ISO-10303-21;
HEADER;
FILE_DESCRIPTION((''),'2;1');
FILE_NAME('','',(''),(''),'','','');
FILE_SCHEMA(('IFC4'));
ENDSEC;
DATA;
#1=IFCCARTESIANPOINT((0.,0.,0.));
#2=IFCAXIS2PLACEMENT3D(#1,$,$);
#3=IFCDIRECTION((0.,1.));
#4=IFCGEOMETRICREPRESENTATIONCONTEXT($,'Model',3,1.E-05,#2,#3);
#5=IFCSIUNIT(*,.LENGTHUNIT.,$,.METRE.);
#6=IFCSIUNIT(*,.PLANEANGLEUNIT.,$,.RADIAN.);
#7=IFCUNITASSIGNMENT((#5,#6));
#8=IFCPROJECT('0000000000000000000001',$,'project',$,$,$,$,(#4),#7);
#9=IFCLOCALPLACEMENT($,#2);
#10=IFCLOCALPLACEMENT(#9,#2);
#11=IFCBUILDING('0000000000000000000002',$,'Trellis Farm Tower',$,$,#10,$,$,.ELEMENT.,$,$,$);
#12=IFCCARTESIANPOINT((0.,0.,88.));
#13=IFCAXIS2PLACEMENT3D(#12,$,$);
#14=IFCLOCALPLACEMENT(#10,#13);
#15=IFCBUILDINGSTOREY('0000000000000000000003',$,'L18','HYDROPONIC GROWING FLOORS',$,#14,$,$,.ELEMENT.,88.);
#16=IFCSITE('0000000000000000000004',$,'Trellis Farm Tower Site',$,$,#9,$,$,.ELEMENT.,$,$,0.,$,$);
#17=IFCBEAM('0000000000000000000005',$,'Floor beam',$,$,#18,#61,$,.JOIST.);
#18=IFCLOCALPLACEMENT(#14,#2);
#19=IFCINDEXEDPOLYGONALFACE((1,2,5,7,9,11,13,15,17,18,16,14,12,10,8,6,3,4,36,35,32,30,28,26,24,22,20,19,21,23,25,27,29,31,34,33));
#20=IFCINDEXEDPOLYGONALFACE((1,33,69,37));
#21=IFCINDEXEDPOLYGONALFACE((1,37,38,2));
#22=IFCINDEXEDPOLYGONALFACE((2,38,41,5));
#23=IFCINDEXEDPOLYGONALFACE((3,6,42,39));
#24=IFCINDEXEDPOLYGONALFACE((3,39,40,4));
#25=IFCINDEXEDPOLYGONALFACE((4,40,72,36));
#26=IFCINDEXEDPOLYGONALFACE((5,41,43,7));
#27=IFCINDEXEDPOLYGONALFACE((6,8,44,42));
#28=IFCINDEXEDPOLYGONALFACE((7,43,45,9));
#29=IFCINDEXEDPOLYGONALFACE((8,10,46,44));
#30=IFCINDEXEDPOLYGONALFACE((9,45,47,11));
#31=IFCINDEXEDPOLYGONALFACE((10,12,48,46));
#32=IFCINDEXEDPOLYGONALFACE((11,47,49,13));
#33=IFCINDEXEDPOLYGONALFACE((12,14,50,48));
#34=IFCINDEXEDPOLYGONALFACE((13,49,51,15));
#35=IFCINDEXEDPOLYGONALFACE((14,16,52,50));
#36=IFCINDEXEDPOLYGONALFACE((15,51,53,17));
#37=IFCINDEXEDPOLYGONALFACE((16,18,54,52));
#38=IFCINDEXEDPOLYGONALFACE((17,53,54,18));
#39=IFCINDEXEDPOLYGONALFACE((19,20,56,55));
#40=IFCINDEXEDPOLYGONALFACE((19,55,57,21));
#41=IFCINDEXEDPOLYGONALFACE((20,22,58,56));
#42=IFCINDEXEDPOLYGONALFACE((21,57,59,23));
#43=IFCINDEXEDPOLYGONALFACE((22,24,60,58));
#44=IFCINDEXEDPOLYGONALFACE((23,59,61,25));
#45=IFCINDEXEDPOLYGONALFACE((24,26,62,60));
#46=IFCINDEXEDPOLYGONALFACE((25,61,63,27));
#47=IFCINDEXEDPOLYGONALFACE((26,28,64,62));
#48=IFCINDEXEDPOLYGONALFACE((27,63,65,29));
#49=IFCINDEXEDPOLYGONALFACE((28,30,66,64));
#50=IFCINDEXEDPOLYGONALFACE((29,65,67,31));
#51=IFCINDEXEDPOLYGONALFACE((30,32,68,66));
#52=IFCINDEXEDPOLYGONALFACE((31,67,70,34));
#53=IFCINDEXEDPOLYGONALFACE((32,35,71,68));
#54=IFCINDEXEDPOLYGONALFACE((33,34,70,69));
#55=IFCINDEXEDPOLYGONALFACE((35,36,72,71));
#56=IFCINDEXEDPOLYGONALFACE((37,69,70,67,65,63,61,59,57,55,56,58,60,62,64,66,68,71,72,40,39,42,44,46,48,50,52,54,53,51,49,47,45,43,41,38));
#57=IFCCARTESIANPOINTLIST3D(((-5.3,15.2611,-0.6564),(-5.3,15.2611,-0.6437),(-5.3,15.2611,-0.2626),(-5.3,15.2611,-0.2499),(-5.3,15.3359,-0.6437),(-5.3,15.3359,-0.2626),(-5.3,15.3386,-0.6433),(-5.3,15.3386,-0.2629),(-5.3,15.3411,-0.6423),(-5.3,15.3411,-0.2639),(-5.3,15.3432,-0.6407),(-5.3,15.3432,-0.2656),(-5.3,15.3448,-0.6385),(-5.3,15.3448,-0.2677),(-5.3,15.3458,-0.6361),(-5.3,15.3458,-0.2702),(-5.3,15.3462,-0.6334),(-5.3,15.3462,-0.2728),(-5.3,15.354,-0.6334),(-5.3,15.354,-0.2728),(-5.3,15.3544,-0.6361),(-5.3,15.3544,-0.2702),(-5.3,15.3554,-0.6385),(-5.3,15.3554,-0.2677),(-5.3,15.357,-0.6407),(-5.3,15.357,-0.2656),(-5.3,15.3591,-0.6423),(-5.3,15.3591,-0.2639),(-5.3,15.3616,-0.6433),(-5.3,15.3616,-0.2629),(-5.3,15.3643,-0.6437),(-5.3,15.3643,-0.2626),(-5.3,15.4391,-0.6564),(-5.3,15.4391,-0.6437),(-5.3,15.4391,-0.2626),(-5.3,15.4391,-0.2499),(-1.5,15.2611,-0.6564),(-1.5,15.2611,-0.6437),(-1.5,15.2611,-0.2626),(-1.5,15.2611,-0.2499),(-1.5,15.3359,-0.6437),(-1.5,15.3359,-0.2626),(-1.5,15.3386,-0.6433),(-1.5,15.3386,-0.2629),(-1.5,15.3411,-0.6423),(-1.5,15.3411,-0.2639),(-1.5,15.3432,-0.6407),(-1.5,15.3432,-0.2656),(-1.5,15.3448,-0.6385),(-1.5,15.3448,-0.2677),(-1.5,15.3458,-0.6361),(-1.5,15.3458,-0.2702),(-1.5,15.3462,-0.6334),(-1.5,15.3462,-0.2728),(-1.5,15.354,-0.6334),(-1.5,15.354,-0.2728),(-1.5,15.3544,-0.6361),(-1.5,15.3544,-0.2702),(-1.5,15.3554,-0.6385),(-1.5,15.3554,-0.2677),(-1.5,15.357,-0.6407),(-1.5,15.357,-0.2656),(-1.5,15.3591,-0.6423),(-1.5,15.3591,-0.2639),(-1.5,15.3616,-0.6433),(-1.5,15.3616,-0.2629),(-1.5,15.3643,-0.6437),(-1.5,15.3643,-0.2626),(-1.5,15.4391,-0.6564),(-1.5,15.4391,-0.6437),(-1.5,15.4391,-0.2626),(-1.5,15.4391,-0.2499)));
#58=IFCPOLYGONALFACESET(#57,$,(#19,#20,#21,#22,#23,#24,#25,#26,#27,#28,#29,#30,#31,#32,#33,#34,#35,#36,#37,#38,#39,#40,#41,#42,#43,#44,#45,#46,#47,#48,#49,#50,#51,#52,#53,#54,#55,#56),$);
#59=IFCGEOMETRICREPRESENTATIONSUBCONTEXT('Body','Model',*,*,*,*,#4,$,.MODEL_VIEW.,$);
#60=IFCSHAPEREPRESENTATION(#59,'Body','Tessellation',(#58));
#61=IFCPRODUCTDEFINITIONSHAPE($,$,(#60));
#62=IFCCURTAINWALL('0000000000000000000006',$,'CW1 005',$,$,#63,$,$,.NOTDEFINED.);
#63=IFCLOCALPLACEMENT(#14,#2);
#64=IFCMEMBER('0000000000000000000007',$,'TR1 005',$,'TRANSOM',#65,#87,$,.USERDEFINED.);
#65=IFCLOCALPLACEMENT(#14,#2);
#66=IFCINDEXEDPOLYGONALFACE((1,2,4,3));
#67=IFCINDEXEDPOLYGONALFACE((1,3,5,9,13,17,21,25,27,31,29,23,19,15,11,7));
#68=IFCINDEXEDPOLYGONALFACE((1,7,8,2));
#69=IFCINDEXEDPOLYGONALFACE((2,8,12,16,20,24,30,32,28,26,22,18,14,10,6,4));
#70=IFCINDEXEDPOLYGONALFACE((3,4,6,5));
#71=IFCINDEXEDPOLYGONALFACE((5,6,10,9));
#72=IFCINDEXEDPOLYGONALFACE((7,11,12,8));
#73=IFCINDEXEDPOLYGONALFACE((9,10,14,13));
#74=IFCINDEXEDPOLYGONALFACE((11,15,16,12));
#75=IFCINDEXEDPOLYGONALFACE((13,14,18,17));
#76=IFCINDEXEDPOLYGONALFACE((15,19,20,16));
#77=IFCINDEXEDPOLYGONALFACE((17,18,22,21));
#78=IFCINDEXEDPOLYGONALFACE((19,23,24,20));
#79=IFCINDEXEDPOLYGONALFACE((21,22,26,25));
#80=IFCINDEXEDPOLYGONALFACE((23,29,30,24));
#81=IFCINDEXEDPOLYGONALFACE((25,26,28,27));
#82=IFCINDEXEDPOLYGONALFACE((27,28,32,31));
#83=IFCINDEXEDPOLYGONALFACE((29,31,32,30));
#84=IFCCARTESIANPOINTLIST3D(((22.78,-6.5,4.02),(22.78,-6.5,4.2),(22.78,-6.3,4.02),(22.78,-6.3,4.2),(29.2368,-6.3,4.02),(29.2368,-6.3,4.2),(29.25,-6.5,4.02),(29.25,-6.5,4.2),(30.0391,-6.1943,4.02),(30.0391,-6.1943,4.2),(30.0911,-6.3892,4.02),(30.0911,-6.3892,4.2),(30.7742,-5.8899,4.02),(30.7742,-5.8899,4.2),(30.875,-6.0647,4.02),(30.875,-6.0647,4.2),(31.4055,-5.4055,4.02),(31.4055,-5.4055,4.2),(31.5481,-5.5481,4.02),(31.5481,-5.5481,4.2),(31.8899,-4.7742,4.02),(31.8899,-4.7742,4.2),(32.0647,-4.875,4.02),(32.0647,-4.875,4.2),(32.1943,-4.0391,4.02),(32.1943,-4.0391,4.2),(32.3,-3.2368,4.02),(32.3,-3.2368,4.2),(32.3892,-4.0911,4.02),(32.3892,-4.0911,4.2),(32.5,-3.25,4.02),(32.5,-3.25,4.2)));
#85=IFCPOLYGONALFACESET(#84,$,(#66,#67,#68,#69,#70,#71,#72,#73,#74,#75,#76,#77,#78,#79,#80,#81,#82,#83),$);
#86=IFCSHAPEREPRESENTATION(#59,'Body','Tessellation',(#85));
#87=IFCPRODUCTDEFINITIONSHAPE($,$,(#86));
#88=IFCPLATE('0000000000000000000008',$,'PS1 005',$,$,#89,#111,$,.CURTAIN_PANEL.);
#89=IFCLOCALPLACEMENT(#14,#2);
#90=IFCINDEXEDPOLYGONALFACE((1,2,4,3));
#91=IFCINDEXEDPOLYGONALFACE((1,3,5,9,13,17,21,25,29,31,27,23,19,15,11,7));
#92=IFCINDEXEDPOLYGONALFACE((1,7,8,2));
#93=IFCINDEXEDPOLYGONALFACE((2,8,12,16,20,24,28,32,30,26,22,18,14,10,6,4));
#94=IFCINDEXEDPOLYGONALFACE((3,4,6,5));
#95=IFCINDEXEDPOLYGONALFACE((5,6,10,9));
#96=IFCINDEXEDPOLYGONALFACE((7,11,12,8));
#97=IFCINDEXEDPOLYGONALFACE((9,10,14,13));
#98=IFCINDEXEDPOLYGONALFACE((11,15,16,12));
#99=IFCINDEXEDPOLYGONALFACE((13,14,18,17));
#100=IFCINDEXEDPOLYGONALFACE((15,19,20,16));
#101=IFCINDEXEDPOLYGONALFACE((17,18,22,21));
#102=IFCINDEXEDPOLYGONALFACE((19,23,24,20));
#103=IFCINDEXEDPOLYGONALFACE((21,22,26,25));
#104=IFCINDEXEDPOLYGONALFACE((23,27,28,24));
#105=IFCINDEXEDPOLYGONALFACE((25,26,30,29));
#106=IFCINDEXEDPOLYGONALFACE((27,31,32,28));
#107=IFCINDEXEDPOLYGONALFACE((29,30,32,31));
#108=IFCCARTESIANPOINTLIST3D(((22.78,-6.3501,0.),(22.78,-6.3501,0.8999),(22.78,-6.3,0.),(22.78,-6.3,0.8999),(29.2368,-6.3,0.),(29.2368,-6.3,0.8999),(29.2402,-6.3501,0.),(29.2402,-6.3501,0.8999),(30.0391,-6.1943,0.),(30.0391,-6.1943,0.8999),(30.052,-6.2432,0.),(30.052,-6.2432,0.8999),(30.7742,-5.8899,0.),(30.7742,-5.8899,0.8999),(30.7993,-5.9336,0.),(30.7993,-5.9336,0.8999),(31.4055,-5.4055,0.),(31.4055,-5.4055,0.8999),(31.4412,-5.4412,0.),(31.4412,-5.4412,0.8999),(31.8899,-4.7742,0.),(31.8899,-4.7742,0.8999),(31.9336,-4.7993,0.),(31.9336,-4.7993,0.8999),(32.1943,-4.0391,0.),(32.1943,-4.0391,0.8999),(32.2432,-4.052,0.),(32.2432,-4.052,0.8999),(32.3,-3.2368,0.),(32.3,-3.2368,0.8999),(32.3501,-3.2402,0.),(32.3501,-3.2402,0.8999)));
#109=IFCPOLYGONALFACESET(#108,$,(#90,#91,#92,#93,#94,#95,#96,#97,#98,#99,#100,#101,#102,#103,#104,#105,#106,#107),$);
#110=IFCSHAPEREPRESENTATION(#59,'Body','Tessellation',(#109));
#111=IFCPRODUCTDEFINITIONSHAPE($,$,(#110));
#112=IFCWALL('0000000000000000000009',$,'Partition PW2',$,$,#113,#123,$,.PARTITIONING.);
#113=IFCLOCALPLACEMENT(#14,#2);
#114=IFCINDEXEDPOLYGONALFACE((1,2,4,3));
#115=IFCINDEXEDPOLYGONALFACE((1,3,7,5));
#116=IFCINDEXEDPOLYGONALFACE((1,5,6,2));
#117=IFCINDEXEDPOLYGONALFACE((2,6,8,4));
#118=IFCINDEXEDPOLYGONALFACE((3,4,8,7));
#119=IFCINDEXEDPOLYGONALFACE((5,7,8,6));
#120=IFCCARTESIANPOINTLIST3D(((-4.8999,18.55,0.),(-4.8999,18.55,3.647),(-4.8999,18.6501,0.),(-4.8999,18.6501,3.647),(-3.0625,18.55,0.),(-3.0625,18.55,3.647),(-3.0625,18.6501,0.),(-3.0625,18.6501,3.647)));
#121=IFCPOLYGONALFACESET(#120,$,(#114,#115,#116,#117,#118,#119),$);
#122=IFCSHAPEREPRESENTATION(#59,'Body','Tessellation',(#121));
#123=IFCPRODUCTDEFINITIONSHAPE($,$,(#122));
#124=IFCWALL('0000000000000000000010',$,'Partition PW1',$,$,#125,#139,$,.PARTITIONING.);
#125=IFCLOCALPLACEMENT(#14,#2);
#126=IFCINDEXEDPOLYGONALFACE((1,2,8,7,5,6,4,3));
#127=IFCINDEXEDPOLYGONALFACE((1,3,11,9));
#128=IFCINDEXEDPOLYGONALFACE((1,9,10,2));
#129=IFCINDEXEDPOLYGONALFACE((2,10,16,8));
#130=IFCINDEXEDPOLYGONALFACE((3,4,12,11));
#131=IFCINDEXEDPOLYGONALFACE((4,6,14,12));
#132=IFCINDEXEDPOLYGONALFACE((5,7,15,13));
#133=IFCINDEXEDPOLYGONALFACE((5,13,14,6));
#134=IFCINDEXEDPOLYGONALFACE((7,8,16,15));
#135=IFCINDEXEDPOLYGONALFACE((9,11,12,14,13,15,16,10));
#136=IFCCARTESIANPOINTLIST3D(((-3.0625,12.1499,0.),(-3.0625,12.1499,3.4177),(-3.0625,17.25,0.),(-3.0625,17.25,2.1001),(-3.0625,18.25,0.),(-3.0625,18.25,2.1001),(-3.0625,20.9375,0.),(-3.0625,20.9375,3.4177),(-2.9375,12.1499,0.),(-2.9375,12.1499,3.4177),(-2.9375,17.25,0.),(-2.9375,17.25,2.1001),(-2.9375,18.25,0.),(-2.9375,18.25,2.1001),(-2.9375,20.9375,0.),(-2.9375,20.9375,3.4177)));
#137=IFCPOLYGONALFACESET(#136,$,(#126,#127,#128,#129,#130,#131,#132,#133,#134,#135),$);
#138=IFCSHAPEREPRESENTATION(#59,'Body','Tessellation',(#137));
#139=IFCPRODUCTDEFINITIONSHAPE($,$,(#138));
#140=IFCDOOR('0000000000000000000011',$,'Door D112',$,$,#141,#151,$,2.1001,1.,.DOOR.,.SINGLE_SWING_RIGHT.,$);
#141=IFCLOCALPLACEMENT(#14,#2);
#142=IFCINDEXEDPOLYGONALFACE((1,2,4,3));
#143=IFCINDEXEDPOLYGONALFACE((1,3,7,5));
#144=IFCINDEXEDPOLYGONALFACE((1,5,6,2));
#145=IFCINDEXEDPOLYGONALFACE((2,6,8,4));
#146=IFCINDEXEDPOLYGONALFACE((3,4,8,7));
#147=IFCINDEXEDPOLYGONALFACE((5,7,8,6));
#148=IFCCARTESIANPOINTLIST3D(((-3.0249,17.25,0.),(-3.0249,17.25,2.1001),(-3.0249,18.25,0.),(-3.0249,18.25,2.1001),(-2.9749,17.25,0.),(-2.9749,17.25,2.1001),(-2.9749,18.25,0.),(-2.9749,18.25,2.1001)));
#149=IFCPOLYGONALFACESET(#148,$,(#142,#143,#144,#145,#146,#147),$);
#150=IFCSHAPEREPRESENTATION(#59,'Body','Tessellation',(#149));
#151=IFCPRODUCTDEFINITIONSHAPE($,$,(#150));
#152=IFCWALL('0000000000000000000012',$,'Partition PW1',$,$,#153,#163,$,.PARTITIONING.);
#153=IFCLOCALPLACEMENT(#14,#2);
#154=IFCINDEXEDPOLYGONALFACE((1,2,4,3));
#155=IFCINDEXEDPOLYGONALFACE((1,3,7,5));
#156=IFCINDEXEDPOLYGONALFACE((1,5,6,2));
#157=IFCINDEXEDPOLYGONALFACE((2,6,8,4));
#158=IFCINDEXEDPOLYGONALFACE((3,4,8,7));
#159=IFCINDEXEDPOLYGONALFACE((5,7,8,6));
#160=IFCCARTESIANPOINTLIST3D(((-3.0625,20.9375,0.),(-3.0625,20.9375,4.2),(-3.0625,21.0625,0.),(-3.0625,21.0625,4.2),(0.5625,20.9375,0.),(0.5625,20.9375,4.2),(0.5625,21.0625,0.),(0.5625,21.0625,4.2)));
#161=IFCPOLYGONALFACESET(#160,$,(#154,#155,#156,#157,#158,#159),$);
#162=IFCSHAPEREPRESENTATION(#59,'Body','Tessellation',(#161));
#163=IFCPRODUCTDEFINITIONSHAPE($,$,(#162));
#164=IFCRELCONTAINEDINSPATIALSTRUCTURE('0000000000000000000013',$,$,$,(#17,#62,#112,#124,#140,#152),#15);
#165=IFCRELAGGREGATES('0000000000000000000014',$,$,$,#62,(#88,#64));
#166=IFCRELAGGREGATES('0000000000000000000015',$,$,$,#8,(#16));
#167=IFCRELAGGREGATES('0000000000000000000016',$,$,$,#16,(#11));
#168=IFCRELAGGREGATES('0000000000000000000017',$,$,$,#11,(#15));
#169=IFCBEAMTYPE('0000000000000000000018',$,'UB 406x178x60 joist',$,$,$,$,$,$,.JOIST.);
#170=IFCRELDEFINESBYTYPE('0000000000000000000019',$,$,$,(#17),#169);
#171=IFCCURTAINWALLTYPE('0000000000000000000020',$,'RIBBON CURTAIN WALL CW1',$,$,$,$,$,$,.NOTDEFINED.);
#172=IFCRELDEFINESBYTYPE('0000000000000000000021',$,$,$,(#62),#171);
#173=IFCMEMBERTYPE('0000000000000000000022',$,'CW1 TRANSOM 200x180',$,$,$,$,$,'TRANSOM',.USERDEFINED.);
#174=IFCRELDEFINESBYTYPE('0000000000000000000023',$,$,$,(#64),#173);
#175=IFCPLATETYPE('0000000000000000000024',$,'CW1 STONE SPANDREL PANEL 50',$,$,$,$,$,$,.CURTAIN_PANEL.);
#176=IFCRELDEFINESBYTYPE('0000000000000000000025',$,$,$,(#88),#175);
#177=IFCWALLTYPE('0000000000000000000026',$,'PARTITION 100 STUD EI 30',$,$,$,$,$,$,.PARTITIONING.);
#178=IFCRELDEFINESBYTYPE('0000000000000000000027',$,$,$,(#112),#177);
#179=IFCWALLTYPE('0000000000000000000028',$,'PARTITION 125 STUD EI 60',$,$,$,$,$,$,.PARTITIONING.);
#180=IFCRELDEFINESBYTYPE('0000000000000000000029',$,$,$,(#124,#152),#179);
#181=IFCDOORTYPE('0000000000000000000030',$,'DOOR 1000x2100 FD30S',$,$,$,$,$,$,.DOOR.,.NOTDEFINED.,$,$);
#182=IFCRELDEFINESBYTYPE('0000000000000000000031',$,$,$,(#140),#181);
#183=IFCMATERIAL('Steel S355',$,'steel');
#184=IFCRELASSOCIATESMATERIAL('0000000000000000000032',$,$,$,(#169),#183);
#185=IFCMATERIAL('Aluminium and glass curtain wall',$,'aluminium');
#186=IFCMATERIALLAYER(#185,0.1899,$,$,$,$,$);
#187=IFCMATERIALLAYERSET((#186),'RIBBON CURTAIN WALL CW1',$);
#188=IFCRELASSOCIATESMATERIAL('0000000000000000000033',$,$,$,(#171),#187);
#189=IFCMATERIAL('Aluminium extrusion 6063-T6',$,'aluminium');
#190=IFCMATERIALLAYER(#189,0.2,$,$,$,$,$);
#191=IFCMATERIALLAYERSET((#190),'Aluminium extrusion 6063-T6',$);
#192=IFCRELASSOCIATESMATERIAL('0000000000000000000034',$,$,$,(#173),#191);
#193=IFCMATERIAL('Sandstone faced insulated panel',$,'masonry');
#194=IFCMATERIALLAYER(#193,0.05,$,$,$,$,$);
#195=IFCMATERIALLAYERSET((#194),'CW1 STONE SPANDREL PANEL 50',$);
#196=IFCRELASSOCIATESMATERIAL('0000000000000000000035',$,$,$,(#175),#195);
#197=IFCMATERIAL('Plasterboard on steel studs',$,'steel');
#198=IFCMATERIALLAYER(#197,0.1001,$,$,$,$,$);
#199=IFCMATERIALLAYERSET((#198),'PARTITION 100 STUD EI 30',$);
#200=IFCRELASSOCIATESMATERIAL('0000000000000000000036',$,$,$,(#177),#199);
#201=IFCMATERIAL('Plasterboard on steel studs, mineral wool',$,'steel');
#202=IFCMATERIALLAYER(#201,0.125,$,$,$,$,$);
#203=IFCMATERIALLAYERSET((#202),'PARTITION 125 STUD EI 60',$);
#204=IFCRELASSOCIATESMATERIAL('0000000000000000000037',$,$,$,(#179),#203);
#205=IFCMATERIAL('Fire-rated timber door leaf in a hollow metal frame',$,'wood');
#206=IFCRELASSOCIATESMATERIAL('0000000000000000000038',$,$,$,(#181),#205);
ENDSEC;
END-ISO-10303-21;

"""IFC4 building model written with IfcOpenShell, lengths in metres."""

from ifc_helpers import new_model, si_unit, direction, frame, frame_2d, origin, origin_2d, place, context, subcontext, project, spatial, polyline, rectangle, i_section, outline, extrude, source, transform, mapped, material, layer, layer_set, material_profile, profile_set, type_object, element, fill, aggregate, save


model = new_model("IFC4")

# Units and contexts
model_context = context("Model", 3, precision=1e-05, world=origin(), true_north=direction((0.0, 1.0)))
body_context = subcontext(model_context, "Body", "Model", "MODEL_VIEW")
ifc_project = project(units=[si_unit("LENGTHUNIT", "METRE"), si_unit("PLANEANGLEUNIT", "RADIAN")], contexts=[model_context])

# Site, building, storey
site_placement = place(None, origin())
site = spatial("IfcSite", under=ifc_project, at=site_placement, Name="Trellis Farm Tower Site", CompositionType="ELEMENT", RefElevation=0.0)
building_placement = place(site_placement, origin())
building = spatial("IfcBuilding", under=site, at=building_placement, Name="Trellis Farm Tower", CompositionType="ELEMENT")
storey_placement = place(building_placement, frame((0.0, 0.0, 88.0)))
storey = spatial("IfcBuildingStorey", under=building, at=storey_placement, Name="L18", Description="HYDROPONIC GROWING FLOORS", CompositionType="ELEMENT", Elevation=88.0)

# Beam
ifc_material_1 = material(Name="Steel S355", Category="steel")
ifc_material_profile_1 = material_profile(ifc_material_1, i_section(OverallWidth=0.178, OverallDepth=0.4065, WebThickness=0.0078, FlangeThickness=0.0127, FilletRadius=0.0103, at=origin_2d()), Name="UB 406x178x60")
ifc_profile_set_1 = profile_set([ifc_material_profile_1], Name="Steel S355")
beam_type_1 = type_object("IfcBeamType", Name="UB 406x178x60 joist", PredefinedType="JOIST", material=ifc_profile_set_1)
shared_shape_1 = source(origin(), body_context, "Body", "SweptSolid", [
    extrude(i_section(OverallWidth=0.178, OverallDepth=0.4065, WebThickness=0.0078, FlangeThickness=0.0127, FilletRadius=0.0103, at=origin_2d()), origin(), (0.0, 0.0, 1.0), 3.8),
])
beam_1_placement = place(storey_placement, frame((-5.3, 15.3501, -0.4531), z_axis=(1.0, 0.0, 0.0), x_axis=(0.0, 1.0, 0.0)))
element("IfcBeam", 1, at=beam_1_placement, inside=storey, type_object=beam_type_1, Name="Floor beam", PredefinedType="JOIST", context=body_context, shape_type="MappedRepresentation", body=[
    mapped(shared_shape_1, transform((0.0, 0.0, 0.0))),
])

# Curtain wall, member, plate
ifc_material_2 = material(Name="Aluminium and glass curtain wall", Category="aluminium")
ifc_layer_1 = layer(ifc_material_2, 0.1899)
ifc_layer_set_1 = layer_set([ifc_layer_1], Name="RIBBON CURTAIN WALL CW1")
curtain_wall_type = type_object("IfcCurtainWallType", Name="RIBBON CURTAIN WALL CW1", PredefinedType="NOTDEFINED", material=ifc_layer_set_1)
placement = place(storey_placement, origin())
curtain_wall = element("IfcCurtainWall", 2, at=placement, inside=storey, type_object=curtain_wall_type, Name="CW1 005", PredefinedType="NOTDEFINED")
ifc_material_3 = material(Name="Aluminium extrusion 6063-T6", Category="aluminium")
ifc_layer_2 = layer(ifc_material_3, 0.2)
ifc_layer_set_2 = layer_set([ifc_layer_2], Name="Aluminium extrusion 6063-T6")
member_type = type_object("IfcMemberType", Name="CW1 TRANSOM 200x180", ElementType="TRANSOM", PredefinedType="USERDEFINED", material=ifc_layer_set_2)
shared_shape_2 = source(origin(), body_context, "Body", "SweptSolid", [
    extrude(outline(polyline([(22.78, -6.5), (29.25, -6.5), (30.0911, -6.3892), (30.875, -6.0647), (31.5481, -5.5481), (32.0647, -4.875), (32.3892, -4.0911), (32.5, -3.25), (32.3, -3.2368), (32.1943, -4.0391), (31.8899, -4.7742), (31.4055, -5.4055), (30.7742, -5.8899), (30.0391, -6.1943), (29.2368, -6.3), (22.78, -6.3), (22.78, -6.5)])), origin(), (0.0, 0.0, 1.0), 0.1799),
])
member_placement = place(storey_placement, frame((0.0, 0.0, 4.02)))
member = element("IfcMember", 3, at=member_placement, type_object=member_type, Name="TR1 005", ObjectType="TRANSOM", PredefinedType="USERDEFINED", context=body_context, shape_type="MappedRepresentation", body=[
    mapped(shared_shape_2, transform((0.0, 0.0, 0.0))),
])
ifc_material_4 = material(Name="Sandstone faced insulated panel", Category="masonry")
ifc_layer_3 = layer(ifc_material_4, 0.05)
ifc_layer_set_3 = layer_set([ifc_layer_3], Name="CW1 STONE SPANDREL PANEL 50")
plate_type = type_object("IfcPlateType", Name="CW1 STONE SPANDREL PANEL 50", PredefinedType="CURTAIN_PANEL", material=ifc_layer_set_3)
shared_shape_3 = source(origin(), body_context, "Body", "SweptSolid", [
    extrude(outline(polyline([(22.78, -6.3501), (29.2402, -6.3501), (30.052, -6.2432), (30.7993, -5.9336), (31.4412, -5.4412), (31.9336, -4.7993), (32.2432, -4.052), (32.3501, -3.2402), (32.3, -3.2368), (32.1943, -4.0391), (31.8899, -4.7742), (31.4055, -5.4055), (30.7742, -5.8899), (30.0391, -6.1943), (29.2368, -6.3), (22.78, -6.3), (22.78, -6.3501)])), origin(), (0.0, 0.0, 1.0), 0.8999),
])
plate = element("IfcPlate", 4, at=placement, type_object=plate_type, Name="PS1 005", PredefinedType="CURTAIN_PANEL", context=body_context, shape_type="MappedRepresentation", body=[
    mapped(shared_shape_3, transform((0.0, 0.0, 0.0))),
])
aggregate(curtain_wall, [plate, member])

# Wall
ifc_material_5 = material(Name="Plasterboard on steel studs", Category="steel")
ifc_layer_4 = layer(ifc_material_5, 0.1001)
ifc_layer_set_4 = layer_set([ifc_layer_4], Name="PARTITION 100 STUD EI 30")
wall_type_1 = type_object("IfcWallType", Name="PARTITION 100 STUD EI 30", PredefinedType="PARTITIONING", material=ifc_layer_set_4)
wall_1_placement = place(storey_placement, frame((-4.8999, 18.6001, 0.0), z_axis=(0.0, 0.0, 1.0), x_axis=(1.0, 0.0, 0.0)))
element("IfcWall", 5, at=wall_1_placement, inside=storey, type_object=wall_type_1, Name="Partition PW2", PredefinedType="PARTITIONING", context=body_context, shape_type="SweptSolid", body=[
    extrude(rectangle(XDim=1.8374, YDim=0.1001, at=frame_2d((0.9187, 0.0))), origin(), (0.0, 0.0, 1.0), 3.647),
])

# Wall, opening, door
ifc_material_6 = material(Name="Plasterboard on steel studs, mineral wool", Category="steel")
ifc_layer_5 = layer(ifc_material_6, 0.125)
ifc_layer_set_5 = layer_set([ifc_layer_5], Name="PARTITION 125 STUD EI 60")
wall_type_2 = type_object("IfcWallType", Name="PARTITION 125 STUD EI 60", PredefinedType="PARTITIONING", material=ifc_layer_set_5)
wall_2_placement = place(storey_placement, frame((-3.0, 12.1499, 0.0), z_axis=(0.0, 0.0, 1.0), x_axis=(0.0, 1.0, 0.0)))
wall_2 = element("IfcWall", 6, at=wall_2_placement, inside=storey, type_object=wall_type_2, Name="Partition PW1", PredefinedType="PARTITIONING", context=body_context, shape_type="SweptSolid", body=[
    extrude(rectangle(XDim=8.7876, YDim=0.125, at=frame_2d((4.3938, 0.0))), origin(), (0.0, 0.0, 1.0), 3.4177),
])
shared_shape_4 = source(origin(), body_context, "Body", "SweptSolid", [
    extrude(rectangle(XDim=1.0, YDim=2.1001, at=frame_2d((0.5, 1.05))), frame((0.0, 0.0725, 0.0), z_axis=(0.0, -1.0, 0.0), x_axis=(1.0, 0.0, 0.0)), (0.0, 0.0, 1.0), 0.145),
])
opening_1_placement = place(wall_2_placement, frame((5.1001, 0.0, 0.0)))
opening_1 = element("IfcOpeningElement", 7, at=opening_1_placement, cuts=wall_2, PredefinedType="OPENING", context=body_context, shape_type="MappedRepresentation", body=[
    mapped(shared_shape_4, transform((0.0, 0.0, 0.0))),
])
ifc_material_7 = material(Name="Fire-rated timber door leaf in a hollow metal frame", Category="wood")
door_type_1 = type_object("IfcDoorType", Name="DOOR 1000x2100 FD30S", OperationType="NOTDEFINED", PredefinedType="DOOR", material=ifc_material_7)
shared_shape_5 = source(origin(), body_context, "Body", "SweptSolid", [
    extrude(rectangle(XDim=1.0, YDim=2.1001, at=frame_2d((0.5, 1.05))), frame((0.0, 0.0249, 0.0), z_axis=(0.0, -1.0, 0.0), x_axis=(1.0, 0.0, 0.0)), (0.0, 0.0, 1.0), 0.05),
])
door_1_placement = place(opening_1_placement, origin())
door_1 = element("IfcDoor", 8, at=door_1_placement, inside=storey, type_object=door_type_1, Name="Door D112", OperationType="SINGLE_SWING_RIGHT", OverallHeight=2.1001, OverallWidth=1.0, PredefinedType="DOOR", context=body_context, shape_type="MappedRepresentation", body=[
    mapped(shared_shape_5, transform((0.0, 0.0, 0.0))),
])
fill(opening_1, door_1)

# Wall
wall_3_placement = place(storey_placement, frame((-3.0625, 21.0, 0.0), z_axis=(0.0, 0.0, 1.0), x_axis=(1.0, 0.0, 0.0)))
element("IfcWall", 9, at=wall_3_placement, inside=storey, type_object=wall_type_2, Name="Partition PW1", PredefinedType="PARTITIONING", context=body_context, shape_type="SweptSolid", body=[
    extrude(rectangle(XDim=3.625, YDim=0.125, at=frame_2d((1.8125, 0.0))), origin(), (0.0, 0.0, 1.0), 4.2),
])

save(model, "model.ifc")
